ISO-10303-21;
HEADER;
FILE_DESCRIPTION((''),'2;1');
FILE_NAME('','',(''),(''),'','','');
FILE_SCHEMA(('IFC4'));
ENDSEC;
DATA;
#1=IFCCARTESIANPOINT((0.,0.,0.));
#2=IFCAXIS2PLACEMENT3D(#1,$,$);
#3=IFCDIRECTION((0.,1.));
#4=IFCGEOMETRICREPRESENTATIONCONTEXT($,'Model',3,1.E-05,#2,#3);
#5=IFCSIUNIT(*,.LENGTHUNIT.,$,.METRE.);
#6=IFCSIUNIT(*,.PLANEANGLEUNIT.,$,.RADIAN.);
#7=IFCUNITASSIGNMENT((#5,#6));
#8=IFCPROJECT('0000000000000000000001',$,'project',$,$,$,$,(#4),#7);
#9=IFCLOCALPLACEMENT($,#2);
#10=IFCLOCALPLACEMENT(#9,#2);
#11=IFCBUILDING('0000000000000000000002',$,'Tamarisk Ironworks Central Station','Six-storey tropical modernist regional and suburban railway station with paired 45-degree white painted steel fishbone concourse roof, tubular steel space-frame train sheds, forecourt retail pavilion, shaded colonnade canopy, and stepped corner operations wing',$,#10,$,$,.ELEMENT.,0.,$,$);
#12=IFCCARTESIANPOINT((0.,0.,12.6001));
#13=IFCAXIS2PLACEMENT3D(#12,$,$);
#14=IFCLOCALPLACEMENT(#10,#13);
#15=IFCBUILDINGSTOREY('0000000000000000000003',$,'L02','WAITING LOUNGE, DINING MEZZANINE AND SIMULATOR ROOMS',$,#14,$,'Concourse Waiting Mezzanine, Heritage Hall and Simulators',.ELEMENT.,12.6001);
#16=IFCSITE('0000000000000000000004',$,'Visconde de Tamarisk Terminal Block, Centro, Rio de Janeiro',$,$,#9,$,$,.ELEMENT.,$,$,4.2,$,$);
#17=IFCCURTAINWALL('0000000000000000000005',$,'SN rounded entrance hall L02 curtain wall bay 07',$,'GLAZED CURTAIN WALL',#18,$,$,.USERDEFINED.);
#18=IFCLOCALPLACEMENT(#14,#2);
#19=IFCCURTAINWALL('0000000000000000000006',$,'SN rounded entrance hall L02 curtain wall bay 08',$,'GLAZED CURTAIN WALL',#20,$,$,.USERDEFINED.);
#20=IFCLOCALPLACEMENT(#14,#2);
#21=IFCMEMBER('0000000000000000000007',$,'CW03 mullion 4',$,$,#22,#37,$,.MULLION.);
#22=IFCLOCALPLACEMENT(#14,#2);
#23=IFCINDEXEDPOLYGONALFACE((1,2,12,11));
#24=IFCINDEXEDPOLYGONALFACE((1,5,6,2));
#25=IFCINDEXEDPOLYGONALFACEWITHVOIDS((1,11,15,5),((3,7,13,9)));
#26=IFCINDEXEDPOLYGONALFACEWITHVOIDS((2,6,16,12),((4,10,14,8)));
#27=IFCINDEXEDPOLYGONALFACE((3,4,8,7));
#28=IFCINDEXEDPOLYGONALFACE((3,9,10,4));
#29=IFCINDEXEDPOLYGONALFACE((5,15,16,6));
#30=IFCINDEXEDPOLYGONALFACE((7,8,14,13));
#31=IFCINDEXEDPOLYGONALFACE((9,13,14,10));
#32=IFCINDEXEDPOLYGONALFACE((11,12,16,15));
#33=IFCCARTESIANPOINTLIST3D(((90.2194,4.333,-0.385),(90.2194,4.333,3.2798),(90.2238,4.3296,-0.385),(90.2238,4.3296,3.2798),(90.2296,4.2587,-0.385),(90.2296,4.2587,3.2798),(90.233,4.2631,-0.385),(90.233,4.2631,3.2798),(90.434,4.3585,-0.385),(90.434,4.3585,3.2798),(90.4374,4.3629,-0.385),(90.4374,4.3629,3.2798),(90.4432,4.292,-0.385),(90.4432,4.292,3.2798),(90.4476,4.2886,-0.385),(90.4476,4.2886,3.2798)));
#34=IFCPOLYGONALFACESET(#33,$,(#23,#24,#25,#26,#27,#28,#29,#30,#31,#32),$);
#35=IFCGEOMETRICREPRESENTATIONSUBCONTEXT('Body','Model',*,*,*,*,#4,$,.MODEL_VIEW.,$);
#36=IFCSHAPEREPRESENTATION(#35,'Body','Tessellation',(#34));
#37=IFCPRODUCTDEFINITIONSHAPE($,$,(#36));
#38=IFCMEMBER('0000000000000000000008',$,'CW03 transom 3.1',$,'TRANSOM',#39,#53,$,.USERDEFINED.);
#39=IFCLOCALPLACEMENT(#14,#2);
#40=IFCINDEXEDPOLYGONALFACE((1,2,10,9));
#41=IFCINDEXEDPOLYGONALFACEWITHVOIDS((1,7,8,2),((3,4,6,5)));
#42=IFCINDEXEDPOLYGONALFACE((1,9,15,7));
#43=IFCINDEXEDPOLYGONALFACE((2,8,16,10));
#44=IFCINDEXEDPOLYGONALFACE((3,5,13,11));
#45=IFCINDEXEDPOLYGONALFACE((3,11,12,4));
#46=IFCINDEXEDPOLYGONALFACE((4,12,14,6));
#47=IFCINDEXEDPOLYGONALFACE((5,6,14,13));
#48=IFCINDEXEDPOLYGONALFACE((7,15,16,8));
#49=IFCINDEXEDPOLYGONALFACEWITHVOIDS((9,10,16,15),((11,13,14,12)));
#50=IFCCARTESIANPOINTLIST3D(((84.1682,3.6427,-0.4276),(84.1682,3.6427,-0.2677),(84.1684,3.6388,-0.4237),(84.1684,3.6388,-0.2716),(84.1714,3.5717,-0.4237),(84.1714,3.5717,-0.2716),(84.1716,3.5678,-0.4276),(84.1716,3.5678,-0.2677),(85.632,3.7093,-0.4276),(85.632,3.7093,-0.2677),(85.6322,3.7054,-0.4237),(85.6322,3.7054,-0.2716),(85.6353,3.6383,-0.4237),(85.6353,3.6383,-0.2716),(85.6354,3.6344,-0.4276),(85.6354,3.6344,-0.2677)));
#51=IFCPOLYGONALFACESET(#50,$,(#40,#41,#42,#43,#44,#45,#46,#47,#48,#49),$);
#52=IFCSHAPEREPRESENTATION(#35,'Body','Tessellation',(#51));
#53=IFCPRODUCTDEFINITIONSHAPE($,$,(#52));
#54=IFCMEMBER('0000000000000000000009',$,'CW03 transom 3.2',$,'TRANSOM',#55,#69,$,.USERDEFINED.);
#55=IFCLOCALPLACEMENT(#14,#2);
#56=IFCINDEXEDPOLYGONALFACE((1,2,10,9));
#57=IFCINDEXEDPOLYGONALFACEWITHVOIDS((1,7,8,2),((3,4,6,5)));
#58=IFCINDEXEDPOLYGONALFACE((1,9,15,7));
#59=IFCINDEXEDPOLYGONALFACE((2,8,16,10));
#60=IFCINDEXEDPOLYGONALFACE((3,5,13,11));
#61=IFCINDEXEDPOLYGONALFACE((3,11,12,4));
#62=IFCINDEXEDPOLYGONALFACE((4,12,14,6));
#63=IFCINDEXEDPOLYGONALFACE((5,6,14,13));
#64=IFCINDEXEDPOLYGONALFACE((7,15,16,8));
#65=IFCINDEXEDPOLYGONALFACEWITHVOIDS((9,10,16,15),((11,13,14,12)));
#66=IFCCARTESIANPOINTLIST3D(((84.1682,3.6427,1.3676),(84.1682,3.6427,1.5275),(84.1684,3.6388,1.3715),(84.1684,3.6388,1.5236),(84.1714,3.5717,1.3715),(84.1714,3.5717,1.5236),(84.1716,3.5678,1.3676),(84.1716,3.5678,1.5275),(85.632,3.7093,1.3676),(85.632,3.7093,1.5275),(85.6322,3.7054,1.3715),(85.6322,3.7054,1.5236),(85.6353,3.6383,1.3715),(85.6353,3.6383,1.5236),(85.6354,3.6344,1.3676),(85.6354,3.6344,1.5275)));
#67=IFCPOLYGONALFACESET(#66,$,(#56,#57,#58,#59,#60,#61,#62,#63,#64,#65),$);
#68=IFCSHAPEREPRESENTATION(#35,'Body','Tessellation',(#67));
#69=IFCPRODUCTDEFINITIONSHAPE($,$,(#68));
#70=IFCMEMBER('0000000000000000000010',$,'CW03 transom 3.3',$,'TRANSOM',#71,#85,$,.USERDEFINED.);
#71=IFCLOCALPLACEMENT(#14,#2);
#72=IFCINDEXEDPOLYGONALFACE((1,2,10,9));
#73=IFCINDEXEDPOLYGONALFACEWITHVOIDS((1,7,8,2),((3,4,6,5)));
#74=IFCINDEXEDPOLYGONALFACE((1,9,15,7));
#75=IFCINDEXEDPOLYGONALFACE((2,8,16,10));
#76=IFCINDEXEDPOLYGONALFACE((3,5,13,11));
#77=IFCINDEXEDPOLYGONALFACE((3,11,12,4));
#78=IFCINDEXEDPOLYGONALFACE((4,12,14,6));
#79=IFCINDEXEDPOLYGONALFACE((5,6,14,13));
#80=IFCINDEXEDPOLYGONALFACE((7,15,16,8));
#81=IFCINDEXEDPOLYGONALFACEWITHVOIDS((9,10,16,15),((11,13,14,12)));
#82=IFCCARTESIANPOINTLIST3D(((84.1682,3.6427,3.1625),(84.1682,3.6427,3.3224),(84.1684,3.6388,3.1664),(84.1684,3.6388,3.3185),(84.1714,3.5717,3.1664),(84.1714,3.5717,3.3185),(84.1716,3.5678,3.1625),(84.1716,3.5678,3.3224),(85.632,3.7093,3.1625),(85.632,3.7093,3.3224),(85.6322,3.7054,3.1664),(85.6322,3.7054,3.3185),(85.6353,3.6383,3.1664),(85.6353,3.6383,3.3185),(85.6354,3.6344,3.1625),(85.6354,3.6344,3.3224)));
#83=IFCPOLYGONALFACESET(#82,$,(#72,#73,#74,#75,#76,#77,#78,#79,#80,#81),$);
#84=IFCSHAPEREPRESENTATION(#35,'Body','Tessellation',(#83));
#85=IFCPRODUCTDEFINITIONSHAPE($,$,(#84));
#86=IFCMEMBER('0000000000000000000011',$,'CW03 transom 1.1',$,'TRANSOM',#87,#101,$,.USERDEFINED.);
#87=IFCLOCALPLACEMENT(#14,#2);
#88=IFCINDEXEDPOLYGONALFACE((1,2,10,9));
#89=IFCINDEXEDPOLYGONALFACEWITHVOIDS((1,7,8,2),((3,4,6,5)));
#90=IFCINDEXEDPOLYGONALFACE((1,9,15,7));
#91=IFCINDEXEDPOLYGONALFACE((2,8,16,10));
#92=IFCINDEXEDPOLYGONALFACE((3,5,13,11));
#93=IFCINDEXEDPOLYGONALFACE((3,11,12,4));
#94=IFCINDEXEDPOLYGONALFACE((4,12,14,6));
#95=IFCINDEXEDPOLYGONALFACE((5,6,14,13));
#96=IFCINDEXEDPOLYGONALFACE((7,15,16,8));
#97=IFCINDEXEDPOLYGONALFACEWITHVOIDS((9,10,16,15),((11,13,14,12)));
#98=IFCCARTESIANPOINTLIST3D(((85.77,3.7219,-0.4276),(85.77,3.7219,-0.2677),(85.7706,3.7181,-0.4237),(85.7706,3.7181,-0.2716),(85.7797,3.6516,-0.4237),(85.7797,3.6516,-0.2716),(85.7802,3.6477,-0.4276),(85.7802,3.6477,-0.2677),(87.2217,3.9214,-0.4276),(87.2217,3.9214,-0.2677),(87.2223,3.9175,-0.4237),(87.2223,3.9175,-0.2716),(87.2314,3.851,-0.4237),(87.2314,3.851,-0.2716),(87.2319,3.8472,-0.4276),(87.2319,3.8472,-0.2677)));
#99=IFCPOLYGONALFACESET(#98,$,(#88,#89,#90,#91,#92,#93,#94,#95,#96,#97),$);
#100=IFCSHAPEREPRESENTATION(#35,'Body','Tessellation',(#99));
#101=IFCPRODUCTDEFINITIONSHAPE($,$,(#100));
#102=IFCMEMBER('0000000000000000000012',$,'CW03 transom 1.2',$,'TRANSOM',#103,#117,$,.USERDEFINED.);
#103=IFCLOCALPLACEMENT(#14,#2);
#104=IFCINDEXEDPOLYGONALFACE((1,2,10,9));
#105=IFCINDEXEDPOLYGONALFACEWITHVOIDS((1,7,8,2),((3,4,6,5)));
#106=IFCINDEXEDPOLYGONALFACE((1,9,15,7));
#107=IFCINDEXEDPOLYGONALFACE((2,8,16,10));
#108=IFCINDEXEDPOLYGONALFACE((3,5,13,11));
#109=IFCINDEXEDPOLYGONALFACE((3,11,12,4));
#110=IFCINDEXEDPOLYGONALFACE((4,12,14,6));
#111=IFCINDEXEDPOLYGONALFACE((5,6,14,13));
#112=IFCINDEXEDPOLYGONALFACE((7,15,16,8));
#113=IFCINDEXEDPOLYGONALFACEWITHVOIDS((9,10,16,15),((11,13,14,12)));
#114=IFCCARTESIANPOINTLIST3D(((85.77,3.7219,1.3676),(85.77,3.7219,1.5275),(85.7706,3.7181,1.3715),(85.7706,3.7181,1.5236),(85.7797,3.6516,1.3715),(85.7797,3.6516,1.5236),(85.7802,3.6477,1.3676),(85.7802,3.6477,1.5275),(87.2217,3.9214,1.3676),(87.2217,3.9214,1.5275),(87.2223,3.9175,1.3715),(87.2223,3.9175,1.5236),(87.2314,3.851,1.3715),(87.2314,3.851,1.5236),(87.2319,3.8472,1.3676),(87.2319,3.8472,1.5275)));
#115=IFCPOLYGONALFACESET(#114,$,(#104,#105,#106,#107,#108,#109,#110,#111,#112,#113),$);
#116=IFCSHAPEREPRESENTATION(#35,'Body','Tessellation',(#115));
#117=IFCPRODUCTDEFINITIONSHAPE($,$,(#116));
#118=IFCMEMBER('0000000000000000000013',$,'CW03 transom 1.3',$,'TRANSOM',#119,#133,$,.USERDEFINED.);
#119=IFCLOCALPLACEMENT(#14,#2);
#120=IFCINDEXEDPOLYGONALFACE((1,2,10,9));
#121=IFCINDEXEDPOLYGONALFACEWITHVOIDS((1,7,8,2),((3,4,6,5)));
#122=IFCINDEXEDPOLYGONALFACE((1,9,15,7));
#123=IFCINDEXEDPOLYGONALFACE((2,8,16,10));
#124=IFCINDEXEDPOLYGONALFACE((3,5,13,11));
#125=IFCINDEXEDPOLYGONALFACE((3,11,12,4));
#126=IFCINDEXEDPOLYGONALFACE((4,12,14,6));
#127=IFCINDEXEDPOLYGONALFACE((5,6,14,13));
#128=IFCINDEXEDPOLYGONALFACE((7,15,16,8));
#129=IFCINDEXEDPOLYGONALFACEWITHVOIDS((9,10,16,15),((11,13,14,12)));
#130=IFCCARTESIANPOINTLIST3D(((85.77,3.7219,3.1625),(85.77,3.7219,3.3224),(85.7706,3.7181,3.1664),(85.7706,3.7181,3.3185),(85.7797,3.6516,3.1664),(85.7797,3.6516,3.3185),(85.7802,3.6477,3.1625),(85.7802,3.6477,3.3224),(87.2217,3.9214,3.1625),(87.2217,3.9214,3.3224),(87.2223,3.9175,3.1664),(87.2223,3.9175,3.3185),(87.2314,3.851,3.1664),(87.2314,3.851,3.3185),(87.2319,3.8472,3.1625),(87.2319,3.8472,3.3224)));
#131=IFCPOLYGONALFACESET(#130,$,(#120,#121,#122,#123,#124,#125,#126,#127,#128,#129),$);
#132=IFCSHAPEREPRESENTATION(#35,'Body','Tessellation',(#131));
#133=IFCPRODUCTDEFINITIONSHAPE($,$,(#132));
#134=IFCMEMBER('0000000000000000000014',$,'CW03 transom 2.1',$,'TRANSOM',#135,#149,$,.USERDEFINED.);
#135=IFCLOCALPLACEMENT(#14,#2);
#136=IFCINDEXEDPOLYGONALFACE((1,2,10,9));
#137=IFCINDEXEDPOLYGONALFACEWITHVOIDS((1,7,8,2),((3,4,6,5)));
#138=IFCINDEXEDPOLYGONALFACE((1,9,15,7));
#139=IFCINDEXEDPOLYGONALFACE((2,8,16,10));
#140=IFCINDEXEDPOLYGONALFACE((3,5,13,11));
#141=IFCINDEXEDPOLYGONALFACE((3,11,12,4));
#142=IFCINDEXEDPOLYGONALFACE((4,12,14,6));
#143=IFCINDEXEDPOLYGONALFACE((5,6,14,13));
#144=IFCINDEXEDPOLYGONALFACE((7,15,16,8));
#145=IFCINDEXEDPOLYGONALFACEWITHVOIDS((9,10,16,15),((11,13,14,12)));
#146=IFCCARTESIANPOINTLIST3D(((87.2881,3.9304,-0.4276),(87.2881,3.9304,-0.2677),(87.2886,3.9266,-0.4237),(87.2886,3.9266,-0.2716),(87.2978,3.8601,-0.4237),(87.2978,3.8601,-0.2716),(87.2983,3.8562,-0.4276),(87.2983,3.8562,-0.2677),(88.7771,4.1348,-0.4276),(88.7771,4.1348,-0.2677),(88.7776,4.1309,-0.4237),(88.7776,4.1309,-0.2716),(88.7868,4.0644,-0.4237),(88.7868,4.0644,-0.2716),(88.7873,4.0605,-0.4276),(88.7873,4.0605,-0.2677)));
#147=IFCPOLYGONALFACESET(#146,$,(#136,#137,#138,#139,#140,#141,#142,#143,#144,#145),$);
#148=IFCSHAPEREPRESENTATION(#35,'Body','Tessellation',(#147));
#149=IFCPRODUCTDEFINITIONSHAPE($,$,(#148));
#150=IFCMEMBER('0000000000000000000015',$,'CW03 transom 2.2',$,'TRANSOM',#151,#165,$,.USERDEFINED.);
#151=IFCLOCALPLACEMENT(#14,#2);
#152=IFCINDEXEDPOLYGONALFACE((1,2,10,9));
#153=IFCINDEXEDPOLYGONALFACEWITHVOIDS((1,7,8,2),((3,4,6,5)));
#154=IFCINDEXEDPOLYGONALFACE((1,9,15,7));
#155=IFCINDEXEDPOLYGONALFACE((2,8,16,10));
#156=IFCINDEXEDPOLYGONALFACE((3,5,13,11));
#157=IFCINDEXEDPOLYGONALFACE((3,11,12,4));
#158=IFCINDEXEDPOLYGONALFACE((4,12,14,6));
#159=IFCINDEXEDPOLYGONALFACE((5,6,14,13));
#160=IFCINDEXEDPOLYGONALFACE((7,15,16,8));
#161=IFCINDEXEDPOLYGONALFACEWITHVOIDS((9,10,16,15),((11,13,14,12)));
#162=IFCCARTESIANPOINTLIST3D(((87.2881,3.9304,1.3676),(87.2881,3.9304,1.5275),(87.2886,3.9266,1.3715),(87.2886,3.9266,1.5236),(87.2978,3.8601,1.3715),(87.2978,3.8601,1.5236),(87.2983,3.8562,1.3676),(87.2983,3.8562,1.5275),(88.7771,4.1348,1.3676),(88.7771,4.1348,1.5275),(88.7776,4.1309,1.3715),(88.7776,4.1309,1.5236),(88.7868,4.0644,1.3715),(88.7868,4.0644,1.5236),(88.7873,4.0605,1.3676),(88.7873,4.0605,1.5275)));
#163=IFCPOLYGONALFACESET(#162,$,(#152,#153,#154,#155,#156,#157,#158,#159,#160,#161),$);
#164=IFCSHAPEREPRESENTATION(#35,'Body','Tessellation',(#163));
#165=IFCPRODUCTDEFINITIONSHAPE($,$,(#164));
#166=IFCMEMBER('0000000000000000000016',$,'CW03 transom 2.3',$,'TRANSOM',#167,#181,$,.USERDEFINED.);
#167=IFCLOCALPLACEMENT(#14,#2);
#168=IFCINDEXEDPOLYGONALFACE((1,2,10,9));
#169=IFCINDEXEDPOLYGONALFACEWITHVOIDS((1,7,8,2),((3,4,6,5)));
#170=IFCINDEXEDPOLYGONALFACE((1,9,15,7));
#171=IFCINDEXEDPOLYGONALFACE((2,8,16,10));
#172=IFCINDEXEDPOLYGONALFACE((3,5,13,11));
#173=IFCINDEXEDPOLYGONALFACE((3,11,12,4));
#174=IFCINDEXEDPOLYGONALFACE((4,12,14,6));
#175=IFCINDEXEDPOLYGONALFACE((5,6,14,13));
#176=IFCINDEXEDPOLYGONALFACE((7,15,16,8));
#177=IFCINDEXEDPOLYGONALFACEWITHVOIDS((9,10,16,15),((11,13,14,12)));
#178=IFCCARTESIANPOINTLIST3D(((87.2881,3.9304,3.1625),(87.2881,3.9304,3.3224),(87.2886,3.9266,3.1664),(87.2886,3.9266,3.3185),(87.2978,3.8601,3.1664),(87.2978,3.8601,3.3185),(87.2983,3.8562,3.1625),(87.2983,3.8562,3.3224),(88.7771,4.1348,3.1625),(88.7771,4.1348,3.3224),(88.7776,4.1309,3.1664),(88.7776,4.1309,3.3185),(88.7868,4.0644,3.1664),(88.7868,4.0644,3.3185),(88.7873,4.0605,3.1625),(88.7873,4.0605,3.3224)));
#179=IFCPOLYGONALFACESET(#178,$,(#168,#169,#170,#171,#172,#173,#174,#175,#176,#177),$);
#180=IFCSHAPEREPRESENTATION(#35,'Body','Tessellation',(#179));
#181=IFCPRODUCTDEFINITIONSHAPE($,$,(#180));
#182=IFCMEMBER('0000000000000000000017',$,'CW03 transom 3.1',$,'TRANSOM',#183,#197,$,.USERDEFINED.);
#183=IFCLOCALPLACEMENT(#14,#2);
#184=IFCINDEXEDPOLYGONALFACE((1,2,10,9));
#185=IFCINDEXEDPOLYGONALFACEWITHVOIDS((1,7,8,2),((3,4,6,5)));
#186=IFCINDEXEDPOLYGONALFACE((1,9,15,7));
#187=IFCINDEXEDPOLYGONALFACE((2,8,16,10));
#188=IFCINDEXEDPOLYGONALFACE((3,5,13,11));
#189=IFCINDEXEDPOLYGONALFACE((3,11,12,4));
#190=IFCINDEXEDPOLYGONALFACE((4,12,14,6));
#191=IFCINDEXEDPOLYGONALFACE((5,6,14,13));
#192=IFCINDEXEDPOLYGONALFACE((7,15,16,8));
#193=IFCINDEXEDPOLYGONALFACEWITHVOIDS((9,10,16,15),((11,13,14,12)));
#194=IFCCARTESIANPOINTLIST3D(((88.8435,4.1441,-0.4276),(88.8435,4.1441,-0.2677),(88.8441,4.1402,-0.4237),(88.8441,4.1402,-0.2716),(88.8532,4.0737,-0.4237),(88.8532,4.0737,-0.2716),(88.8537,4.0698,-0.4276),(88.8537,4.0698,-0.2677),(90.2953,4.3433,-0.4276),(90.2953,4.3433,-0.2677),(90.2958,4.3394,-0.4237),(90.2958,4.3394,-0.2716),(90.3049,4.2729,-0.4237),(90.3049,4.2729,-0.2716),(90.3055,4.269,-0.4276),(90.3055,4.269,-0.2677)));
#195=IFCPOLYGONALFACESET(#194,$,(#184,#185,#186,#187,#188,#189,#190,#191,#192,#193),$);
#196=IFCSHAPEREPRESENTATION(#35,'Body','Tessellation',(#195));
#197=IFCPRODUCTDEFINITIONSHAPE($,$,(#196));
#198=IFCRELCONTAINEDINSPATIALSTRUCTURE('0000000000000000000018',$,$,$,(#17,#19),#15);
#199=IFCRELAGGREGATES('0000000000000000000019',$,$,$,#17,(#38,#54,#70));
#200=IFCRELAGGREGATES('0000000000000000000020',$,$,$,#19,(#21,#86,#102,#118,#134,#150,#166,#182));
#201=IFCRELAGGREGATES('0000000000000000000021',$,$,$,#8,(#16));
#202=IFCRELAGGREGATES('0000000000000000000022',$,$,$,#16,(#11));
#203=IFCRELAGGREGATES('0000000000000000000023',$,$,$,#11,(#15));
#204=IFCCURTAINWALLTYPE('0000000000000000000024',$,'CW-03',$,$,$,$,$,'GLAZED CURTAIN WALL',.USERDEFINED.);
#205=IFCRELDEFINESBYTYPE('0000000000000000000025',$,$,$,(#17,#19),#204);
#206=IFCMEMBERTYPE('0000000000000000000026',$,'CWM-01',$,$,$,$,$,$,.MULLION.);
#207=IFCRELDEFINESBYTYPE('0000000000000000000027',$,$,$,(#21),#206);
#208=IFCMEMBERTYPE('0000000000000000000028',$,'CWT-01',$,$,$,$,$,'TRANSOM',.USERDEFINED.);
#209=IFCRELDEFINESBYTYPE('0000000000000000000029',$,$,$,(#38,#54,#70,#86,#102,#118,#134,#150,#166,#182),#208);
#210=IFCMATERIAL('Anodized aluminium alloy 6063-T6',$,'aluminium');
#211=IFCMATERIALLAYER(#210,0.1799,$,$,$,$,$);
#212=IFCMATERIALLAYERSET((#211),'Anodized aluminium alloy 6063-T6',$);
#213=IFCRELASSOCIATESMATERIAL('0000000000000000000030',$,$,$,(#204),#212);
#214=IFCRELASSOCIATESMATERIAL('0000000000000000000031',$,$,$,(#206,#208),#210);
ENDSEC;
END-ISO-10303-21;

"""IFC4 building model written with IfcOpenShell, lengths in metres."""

from ifc_helpers import new_model, si_unit, direction, frame, origin, origin_2d, place, context, subcontext, project, spatial, hollow_rectangle, extrude, material, layer, layer_set, material_profile, profile_set, type_object, element, aggregate, save


model = new_model("IFC4")

# Units and contexts
model_context = context("Model", 3, precision=1e-05, world=origin(), true_north=direction((0.0, 1.0)))
body_context = subcontext(model_context, "Body", "Model", "MODEL_VIEW")
ifc_project = project(units=[si_unit("LENGTHUNIT", "METRE"), si_unit("PLANEANGLEUNIT", "RADIAN")], contexts=[model_context])

# Site, building, storey
site_placement = place(None, origin())
site = spatial("IfcSite", under=ifc_project, at=site_placement, Name="Visconde de Tamarisk Terminal Block, Centro, Rio de Janeiro", CompositionType="ELEMENT", RefElevation=4.2)
building_placement = place(site_placement, origin())
building = spatial("IfcBuilding", under=site, at=building_placement, Name="Tamarisk Ironworks Central Station", Description="Six-storey tropical modernist regional and suburban railway station with paired 45-degree white painted steel fishbone concourse roof, tubular steel space-frame train sheds, forecourt retail pavilion, shaded colonnade canopy, and stepped corner operations wing", CompositionType="ELEMENT", ElevationOfRefHeight=0.0)
storey_placement = place(building_placement, frame((0.0, 0.0, 12.6001)))
storey = spatial("IfcBuildingStorey", under=building, at=storey_placement, Name="L02", Description="WAITING LOUNGE, DINING MEZZANINE AND SIMULATOR ROOMS", LongName="Concourse Waiting Mezzanine, Heritage Hall and Simulators", CompositionType="ELEMENT", Elevation=12.6001)

# Curtain walls, member
ifc_material_1 = material(Name="Anodized aluminium alloy 6063-T6", Category="aluminium")
ifc_layer_1 = layer(ifc_material_1, 0.1799)
ifc_layer_set_1 = layer_set([ifc_layer_1], Name="Anodized aluminium alloy 6063-T6")
curtain_wall_type = type_object("IfcCurtainWallType", Name="CW-03", ElementType="GLAZED CURTAIN WALL", PredefinedType="USERDEFINED", material=ifc_layer_set_1)
curtain_wall_1_placement = place(storey_placement, origin())
curtain_wall_1 = element("IfcCurtainWall", 1, at=curtain_wall_1_placement, inside=storey, type_object=curtain_wall_type, Name="SN rounded entrance hall L02 curtain wall bay 07", ObjectType="GLAZED CURTAIN WALL", PredefinedType="USERDEFINED")
ifc_material_profile_1 = material_profile(ifc_material_1, hollow_rectangle(XDim=0.075, YDim=0.22, WallThickness=0.0039, at=origin_2d()), Name="ALUM 220x75")
ifc_profile_set_1 = profile_set([ifc_material_profile_1], Name="Anodized aluminium alloy 6063-T6")
member_type_1 = type_object("IfcMemberType", Name="CWM-01", PredefinedType="MULLION", material=ifc_profile_set_1)
curtain_wall_2_placement = place(storey_placement, origin())
curtain_wall_2 = element("IfcCurtainWall", 2, at=curtain_wall_2_placement, inside=storey, type_object=curtain_wall_type, Name="SN rounded entrance hall L02 curtain wall bay 08", ObjectType="GLAZED CURTAIN WALL", PredefinedType="USERDEFINED")
member_1_placement = place(storey_placement, frame((90.3335, 4.3108, -0.385), z_axis=(0.0, 0.0, 1.0), x_axis=(-0.136042, 0.990703, 0.0)))
member_1 = element("IfcMember", 3, at=member_1_placement, type_object=member_type_1, Name="CW03 mullion 4", PredefinedType="MULLION", context=body_context, shape_type="SweptSolid", body=[
    extrude(hollow_rectangle(XDim=0.075, YDim=0.22, WallThickness=0.0039, at=origin_2d()), origin(), (0.0, 0.0, 1.0), 3.6648),
])

# Members
ifc_material_profile_2 = material_profile(ifc_material_1, hollow_rectangle(XDim=0.075, YDim=0.1599, WallThickness=0.0039, at=origin_2d()), Name="ALUM 160x75")
ifc_profile_set_2 = profile_set([ifc_material_profile_2], Name="Anodized aluminium alloy 6063-T6")
member_type_2 = type_object("IfcMemberType", Name="CWT-01", ElementType="TRANSOM", PredefinedType="USERDEFINED", material=ifc_profile_set_2)
member_2_placement = place(storey_placement, frame((84.1699, 3.6052, -0.3477), z_axis=(0.998965, 0.045483, 0.0), x_axis=(-0.045483, 0.998965, 0.0)))
member_2 = element("IfcMember", 4, at=member_2_placement, type_object=member_type_2, Name="CW03 transom 3.1", ObjectType="TRANSOM", PredefinedType="USERDEFINED", context=body_context, shape_type="SweptSolid", body=[
    extrude(hollow_rectangle(XDim=0.075, YDim=0.1599, WallThickness=0.0039, at=origin_2d()), origin(), (0.0, 0.0, 1.0), 1.4653),
])
member_3_placement = place(storey_placement, frame((84.1699, 3.6052, 1.4475), z_axis=(0.998965, 0.045483, 0.0), x_axis=(-0.045483, 0.998965, 0.0)))
member_3 = element("IfcMember", 5, at=member_3_placement, type_object=member_type_2, Name="CW03 transom 3.2", ObjectType="TRANSOM", PredefinedType="USERDEFINED", context=body_context, shape_type="SweptSolid", body=[
    extrude(hollow_rectangle(XDim=0.075, YDim=0.1599, WallThickness=0.0039, at=origin_2d()), origin(), (0.0, 0.0, 1.0), 1.4653),
])
member_4_placement = place(storey_placement, frame((84.1699, 3.6052, 3.2424), z_axis=(0.998965, 0.045483, 0.0), x_axis=(-0.045483, 0.998965, 0.0)))
member_4 = element("IfcMember", 6, at=member_4_placement, type_object=member_type_2, Name="CW03 transom 3.3", ObjectType="TRANSOM", PredefinedType="USERDEFINED", context=body_context, shape_type="SweptSolid", body=[
    extrude(hollow_rectangle(XDim=0.075, YDim=0.1599, WallThickness=0.0039, at=origin_2d()), origin(), (0.0, 0.0, 1.0), 1.4653),
])
member_5_placement = place(storey_placement, frame((85.7751, 3.6848, -0.3477), z_axis=(0.990692, 0.136124, 0.0), x_axis=(-0.136124, 0.990692, 0.0)))
member_5 = element("IfcMember", 7, at=member_5_placement, type_object=member_type_2, Name="CW03 transom 1.1", ObjectType="TRANSOM", PredefinedType="USERDEFINED", context=body_context, shape_type="SweptSolid", body=[
    extrude(hollow_rectangle(XDim=0.075, YDim=0.1599, WallThickness=0.0039, at=origin_2d()), origin(), (0.0, 0.0, 1.0), 1.4653),
])
member_6_placement = place(storey_placement, frame((85.7751, 3.6848, 1.4475), z_axis=(0.990692, 0.136124, 0.0), x_axis=(-0.136124, 0.990692, 0.0)))
member_6 = element("IfcMember", 8, at=member_6_placement, type_object=member_type_2, Name="CW03 transom 1.2", ObjectType="TRANSOM", PredefinedType="USERDEFINED", context=body_context, shape_type="SweptSolid", body=[
    extrude(hollow_rectangle(XDim=0.075, YDim=0.1599, WallThickness=0.0039, at=origin_2d()), origin(), (0.0, 0.0, 1.0), 1.4653),
])
member_7_placement = place(storey_placement, frame((85.7751, 3.6848, 3.2424), z_axis=(0.990692, 0.136124, 0.0), x_axis=(-0.136124, 0.990692, 0.0)))
member_7 = element("IfcMember", 9, at=member_7_placement, type_object=member_type_2, Name="CW03 transom 1.3", ObjectType="TRANSOM", PredefinedType="USERDEFINED", context=body_context, shape_type="SweptSolid", body=[
    extrude(hollow_rectangle(XDim=0.075, YDim=0.1599, WallThickness=0.0039, at=origin_2d()), origin(), (0.0, 0.0, 1.0), 1.4653),
])
member_8_placement = place(storey_placement, frame((87.2932, 3.8933, -0.3477), z_axis=(0.990714, 0.135961, 0.0), x_axis=(-0.135961, 0.990714, 0.0)))
member_8 = element("IfcMember", 10, at=member_8_placement, type_object=member_type_2, Name="CW03 transom 2.1", ObjectType="TRANSOM", PredefinedType="USERDEFINED", context=body_context, shape_type="SweptSolid", body=[
    extrude(hollow_rectangle(XDim=0.075, YDim=0.1599, WallThickness=0.0039, at=origin_2d()), origin(), (0.0, 0.0, 1.0), 1.5029),
])
member_9_placement = place(storey_placement, frame((87.2932, 3.8933, 1.4475), z_axis=(0.990714, 0.135961, 0.0), x_axis=(-0.135961, 0.990714, 0.0)))
member_9 = element("IfcMember", 11, at=member_9_placement, type_object=member_type_2, Name="CW03 transom 2.2", ObjectType="TRANSOM", PredefinedType="USERDEFINED", context=body_context, shape_type="SweptSolid", body=[
    extrude(hollow_rectangle(XDim=0.075, YDim=0.1599, WallThickness=0.0039, at=origin_2d()), origin(), (0.0, 0.0, 1.0), 1.5029),
])
member_10_placement = place(storey_placement, frame((87.2932, 3.8933, 3.2424), z_axis=(0.990714, 0.135961, 0.0), x_axis=(-0.135961, 0.990714, 0.0)))
member_10 = element("IfcMember", 12, at=member_10_placement, type_object=member_type_2, Name="CW03 transom 2.3", ObjectType="TRANSOM", PredefinedType="USERDEFINED", context=body_context, shape_type="SweptSolid", body=[
    extrude(hollow_rectangle(XDim=0.075, YDim=0.1599, WallThickness=0.0039, at=origin_2d()), origin(), (0.0, 0.0, 1.0), 1.5029),
])
member_11_placement = place(storey_placement, frame((88.8486, 4.1069, -0.3477), z_axis=(0.990714, 0.135961, 0.0), x_axis=(-0.135961, 0.990714, 0.0)))
member_11 = element("IfcMember", 13, at=member_11_placement, type_object=member_type_2, Name="CW03 transom 3.1", ObjectType="TRANSOM", PredefinedType="USERDEFINED", context=body_context, shape_type="SweptSolid", body=[
    extrude(hollow_rectangle(XDim=0.075, YDim=0.1599, WallThickness=0.0039, at=origin_2d()), origin(), (0.0, 0.0, 1.0), 1.4653),
])

aggregate(curtain_wall_1, [member_2, member_3, member_4])
aggregate(curtain_wall_2, [member_1, member_5, member_6, member_7, member_8, member_9, member_10, member_11])

save(model, "model.ifc")
